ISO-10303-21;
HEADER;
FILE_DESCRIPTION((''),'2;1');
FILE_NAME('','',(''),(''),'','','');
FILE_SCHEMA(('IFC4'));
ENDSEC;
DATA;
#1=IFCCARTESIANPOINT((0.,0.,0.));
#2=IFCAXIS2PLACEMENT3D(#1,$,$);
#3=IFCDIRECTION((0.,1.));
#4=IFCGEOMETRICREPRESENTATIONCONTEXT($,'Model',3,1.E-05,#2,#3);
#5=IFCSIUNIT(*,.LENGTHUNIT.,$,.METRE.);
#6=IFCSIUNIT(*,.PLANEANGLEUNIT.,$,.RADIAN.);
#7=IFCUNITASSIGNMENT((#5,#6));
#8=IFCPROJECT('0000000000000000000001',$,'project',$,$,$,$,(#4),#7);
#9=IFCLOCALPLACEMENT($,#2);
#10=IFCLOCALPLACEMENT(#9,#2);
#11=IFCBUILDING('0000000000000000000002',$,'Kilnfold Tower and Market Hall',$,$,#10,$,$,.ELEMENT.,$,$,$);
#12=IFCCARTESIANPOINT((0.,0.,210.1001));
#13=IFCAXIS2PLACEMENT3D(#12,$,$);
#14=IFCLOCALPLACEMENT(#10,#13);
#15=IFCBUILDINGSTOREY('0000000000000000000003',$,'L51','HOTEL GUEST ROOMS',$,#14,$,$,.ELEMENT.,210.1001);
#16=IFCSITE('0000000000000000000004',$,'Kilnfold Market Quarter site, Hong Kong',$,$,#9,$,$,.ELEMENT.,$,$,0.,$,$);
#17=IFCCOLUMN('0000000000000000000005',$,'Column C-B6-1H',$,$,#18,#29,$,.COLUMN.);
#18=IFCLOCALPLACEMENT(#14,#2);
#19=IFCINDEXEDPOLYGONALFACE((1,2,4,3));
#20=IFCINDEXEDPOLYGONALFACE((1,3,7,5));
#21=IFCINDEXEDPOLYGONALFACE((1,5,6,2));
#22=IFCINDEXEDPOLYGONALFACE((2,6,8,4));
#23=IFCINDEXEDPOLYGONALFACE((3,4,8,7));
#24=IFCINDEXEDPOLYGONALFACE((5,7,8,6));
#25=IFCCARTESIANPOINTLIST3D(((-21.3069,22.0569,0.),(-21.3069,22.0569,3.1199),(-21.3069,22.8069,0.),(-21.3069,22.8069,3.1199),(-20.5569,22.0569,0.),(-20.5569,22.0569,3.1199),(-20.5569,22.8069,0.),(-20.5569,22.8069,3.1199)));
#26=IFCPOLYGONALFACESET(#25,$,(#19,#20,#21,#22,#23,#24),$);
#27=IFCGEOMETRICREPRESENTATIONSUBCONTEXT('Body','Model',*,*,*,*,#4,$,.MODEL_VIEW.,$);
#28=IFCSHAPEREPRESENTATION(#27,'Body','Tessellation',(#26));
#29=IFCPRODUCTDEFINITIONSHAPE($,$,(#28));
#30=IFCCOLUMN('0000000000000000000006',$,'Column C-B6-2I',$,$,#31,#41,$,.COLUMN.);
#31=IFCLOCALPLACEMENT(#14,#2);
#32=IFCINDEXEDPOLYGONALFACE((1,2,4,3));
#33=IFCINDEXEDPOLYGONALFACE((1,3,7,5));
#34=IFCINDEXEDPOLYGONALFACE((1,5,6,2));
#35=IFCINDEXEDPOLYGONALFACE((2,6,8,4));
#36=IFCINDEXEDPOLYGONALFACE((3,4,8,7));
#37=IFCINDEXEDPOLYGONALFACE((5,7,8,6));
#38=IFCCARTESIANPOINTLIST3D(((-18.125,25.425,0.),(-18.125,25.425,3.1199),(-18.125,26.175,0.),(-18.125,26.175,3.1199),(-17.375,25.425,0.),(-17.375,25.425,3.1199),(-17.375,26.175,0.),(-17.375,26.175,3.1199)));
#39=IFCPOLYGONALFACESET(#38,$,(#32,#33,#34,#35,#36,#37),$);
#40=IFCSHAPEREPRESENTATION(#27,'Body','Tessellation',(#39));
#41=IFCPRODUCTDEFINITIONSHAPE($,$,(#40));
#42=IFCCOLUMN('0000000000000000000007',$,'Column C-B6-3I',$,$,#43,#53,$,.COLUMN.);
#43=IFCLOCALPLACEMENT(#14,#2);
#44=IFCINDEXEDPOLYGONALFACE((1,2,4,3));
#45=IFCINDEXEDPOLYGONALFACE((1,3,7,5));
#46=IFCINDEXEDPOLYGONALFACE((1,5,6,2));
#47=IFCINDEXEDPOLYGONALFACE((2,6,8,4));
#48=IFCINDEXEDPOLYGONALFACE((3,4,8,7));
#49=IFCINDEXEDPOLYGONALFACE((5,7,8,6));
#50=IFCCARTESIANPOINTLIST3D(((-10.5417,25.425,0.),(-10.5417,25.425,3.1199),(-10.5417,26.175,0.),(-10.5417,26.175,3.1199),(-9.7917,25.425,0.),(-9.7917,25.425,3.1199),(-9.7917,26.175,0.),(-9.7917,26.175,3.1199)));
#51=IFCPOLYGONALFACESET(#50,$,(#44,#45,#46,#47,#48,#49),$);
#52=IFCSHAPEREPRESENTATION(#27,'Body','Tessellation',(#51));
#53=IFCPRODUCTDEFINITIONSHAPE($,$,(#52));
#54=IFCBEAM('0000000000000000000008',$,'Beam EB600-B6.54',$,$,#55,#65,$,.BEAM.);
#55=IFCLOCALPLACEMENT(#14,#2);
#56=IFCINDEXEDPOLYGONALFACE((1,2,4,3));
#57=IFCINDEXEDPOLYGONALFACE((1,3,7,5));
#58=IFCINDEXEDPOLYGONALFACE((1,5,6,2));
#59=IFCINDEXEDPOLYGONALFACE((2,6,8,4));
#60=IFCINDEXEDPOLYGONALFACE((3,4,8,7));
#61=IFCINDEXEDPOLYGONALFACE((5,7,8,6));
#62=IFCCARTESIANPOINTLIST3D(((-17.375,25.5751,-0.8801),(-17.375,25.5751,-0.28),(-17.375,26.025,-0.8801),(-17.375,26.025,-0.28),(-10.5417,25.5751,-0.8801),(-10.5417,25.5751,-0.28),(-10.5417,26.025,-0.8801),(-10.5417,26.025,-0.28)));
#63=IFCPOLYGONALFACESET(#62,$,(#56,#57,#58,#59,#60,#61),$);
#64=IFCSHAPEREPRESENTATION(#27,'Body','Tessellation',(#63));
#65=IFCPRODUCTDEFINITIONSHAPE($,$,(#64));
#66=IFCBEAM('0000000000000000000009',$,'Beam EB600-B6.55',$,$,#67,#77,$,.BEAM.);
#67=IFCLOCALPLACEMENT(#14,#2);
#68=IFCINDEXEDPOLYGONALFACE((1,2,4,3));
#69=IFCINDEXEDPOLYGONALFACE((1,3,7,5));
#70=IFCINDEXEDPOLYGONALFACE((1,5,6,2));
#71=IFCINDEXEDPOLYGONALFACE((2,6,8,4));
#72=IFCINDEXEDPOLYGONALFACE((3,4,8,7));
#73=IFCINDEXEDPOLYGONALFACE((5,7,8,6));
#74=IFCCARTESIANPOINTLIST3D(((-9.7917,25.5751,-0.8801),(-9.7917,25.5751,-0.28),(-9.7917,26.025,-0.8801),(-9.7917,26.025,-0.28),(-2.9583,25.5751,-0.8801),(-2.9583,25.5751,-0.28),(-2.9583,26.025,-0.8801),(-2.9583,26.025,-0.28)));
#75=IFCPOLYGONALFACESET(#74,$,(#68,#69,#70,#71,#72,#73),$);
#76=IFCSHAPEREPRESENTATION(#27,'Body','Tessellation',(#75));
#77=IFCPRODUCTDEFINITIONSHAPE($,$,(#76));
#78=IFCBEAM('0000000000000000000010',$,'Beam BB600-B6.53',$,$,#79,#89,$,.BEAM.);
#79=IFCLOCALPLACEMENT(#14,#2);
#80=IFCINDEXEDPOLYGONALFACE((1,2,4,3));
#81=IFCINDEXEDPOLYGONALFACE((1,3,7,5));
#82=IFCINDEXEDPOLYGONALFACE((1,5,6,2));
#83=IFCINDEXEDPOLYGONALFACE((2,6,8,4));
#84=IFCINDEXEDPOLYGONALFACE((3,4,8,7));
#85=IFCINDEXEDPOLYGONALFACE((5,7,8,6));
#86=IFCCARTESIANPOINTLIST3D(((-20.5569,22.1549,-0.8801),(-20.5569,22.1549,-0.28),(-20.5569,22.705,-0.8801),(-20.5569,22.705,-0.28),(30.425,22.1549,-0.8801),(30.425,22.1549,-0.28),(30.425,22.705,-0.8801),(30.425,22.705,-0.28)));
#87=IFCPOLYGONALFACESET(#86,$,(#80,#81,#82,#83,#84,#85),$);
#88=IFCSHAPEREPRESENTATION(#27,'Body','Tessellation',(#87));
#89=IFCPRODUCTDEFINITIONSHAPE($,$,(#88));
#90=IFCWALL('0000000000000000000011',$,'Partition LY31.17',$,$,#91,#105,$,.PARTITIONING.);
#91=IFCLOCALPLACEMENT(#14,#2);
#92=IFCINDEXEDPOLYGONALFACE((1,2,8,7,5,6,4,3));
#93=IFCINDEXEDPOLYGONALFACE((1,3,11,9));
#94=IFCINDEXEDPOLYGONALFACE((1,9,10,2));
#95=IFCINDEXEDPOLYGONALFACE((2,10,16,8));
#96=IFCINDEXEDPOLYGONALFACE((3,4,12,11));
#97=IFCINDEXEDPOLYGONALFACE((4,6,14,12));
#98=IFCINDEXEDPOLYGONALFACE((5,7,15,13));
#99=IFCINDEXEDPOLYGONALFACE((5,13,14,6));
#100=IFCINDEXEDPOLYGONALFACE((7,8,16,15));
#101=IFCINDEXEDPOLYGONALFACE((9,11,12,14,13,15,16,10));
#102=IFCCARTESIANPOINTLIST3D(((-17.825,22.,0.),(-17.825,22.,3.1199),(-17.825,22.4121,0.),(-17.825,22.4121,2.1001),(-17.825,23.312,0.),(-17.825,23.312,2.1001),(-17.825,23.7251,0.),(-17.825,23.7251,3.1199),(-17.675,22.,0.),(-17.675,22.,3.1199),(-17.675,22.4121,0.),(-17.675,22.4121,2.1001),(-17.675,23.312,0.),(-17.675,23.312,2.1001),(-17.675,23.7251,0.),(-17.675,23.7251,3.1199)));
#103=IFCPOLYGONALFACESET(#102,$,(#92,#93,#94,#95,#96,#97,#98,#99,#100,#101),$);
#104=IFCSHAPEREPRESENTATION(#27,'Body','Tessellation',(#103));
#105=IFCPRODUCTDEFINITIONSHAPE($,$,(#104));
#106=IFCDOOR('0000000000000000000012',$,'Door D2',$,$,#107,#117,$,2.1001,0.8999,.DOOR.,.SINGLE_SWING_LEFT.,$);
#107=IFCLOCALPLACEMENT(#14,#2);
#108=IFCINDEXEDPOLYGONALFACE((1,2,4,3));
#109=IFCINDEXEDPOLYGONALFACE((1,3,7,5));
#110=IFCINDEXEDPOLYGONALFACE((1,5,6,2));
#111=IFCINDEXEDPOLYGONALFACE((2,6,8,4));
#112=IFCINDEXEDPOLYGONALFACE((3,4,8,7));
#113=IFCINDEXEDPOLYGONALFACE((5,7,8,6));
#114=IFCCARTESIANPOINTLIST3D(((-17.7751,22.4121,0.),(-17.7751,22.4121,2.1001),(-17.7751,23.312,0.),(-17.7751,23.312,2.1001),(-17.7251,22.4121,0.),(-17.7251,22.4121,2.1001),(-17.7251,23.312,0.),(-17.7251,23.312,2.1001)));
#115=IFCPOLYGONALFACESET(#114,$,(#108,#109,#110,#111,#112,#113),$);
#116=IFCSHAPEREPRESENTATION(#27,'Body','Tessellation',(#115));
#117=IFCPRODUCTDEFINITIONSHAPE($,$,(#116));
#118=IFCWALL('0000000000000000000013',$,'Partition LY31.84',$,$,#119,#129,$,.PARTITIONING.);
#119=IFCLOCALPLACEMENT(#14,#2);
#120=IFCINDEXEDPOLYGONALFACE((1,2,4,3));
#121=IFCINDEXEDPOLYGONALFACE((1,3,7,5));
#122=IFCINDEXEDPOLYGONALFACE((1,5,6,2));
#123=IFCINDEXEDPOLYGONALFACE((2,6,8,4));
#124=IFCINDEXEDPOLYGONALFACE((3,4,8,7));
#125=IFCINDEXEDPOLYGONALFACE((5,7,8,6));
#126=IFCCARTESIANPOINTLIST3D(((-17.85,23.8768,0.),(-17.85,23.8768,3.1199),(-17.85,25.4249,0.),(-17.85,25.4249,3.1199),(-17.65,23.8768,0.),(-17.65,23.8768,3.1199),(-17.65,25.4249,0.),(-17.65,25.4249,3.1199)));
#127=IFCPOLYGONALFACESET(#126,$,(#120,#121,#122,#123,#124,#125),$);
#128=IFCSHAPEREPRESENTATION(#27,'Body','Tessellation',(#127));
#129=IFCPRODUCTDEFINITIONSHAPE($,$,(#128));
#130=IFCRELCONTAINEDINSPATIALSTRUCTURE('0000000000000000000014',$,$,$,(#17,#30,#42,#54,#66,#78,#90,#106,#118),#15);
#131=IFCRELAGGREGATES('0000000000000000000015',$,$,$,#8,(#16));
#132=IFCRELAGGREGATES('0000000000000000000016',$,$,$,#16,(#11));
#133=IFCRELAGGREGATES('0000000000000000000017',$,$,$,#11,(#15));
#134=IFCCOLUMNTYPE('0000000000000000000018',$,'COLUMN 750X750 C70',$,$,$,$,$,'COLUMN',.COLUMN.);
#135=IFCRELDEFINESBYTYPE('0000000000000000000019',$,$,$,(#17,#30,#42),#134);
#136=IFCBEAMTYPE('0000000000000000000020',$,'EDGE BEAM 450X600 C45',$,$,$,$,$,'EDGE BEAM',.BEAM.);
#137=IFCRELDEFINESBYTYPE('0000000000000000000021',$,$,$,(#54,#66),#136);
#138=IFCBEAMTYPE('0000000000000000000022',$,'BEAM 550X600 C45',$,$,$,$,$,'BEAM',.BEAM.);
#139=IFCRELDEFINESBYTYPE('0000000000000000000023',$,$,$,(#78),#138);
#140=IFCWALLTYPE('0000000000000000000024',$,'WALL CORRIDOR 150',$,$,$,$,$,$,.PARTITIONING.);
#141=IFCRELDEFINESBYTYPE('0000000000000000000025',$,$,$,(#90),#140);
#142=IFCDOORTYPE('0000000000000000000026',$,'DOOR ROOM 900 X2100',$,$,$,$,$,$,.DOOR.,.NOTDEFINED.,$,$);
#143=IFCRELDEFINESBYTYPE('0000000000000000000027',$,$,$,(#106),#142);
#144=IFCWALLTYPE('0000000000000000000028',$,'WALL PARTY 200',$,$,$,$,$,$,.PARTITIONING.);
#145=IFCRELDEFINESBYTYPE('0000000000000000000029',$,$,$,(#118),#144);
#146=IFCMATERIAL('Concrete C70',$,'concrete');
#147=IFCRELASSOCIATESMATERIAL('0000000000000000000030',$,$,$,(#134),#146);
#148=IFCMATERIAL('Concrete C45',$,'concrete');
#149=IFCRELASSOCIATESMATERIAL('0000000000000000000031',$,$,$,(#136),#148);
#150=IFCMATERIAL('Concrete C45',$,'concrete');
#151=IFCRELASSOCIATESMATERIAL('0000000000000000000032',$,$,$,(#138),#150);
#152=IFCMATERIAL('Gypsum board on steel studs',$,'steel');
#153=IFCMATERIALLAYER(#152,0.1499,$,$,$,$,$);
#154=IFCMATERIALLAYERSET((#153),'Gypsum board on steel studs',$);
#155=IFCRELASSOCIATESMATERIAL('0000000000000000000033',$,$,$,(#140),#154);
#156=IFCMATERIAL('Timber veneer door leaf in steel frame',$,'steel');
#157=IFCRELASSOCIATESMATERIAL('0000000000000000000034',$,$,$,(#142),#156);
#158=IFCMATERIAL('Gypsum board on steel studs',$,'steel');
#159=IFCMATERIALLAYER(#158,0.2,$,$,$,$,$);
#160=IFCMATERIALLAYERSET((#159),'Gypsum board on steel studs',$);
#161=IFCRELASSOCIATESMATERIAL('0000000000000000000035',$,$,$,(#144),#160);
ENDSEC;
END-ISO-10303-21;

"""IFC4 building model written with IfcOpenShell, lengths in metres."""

from ifc_helpers import new_model, si_unit, direction, frame, frame_2d, origin, origin_2d, place, context, subcontext, project, spatial, rectangle, extrude, source, transform, mapped, material, layer, layer_set, material_profile, profile_set, type_object, element, fill, save


model = new_model("IFC4")

# Units and contexts
model_context = context("Model", 3, precision=1e-05, world=origin(), true_north=direction((0.0, 1.0)))
body_context = subcontext(model_context, "Body", "Model", "MODEL_VIEW")
ifc_project = project(units=[si_unit("LENGTHUNIT", "METRE"), si_unit("PLANEANGLEUNIT", "RADIAN")], contexts=[model_context])

# Site, building, storey
site_placement = place(None, origin())
site = spatial("IfcSite", under=ifc_project, at=site_placement, Name="Kilnfold Market Quarter site, Hong Kong", CompositionType="ELEMENT", RefElevation=0.0)
building_placement = place(site_placement, origin())
building = spatial("IfcBuilding", under=site, at=building_placement, Name="Kilnfold Tower and Market Hall", CompositionType="ELEMENT")
storey_placement = place(building_placement, frame((0.0, 0.0, 210.1001)))
storey = spatial("IfcBuildingStorey", under=building, at=storey_placement, Name="L51", Description="HOTEL GUEST ROOMS", CompositionType="ELEMENT", Elevation=210.1001)

# Columns
ifc_material_1 = material(Name="Concrete C70", Category="concrete")
ifc_material_profile_1 = material_profile(ifc_material_1, rectangle(XDim=0.75, YDim=0.75, at=origin_2d()), Name="RC 750x750")
ifc_profile_set_1 = profile_set([ifc_material_profile_1], Name="Concrete C70")
column_type = type_object("IfcColumnType", Name="COLUMN 750X750 C70", ElementType="COLUMN", PredefinedType="COLUMN", material=ifc_profile_set_1)
shared_shape_1 = source(origin(), body_context, "Body", "SweptSolid", [
    extrude(rectangle(XDim=0.75, YDim=0.75, at=origin_2d()), origin(), (0.0, 0.0, 1.0), 3.1199),
])
for number, where, z_axis, x_axis, name in (
    (1, (-20.9319, 22.4319, 0.0), (0.0, 0.0, 1.0), (1.0, 0.0, 0.0), "Column C-B6-1H"),
    (2, (-17.75, 25.8, 0.0), (0.0, 0.0, 1.0), (1.0, 0.0, 0.0), "Column C-B6-2I"),
    (3, (-10.1667, 25.8, 0.0), (0.0, 0.0, 1.0), (1.0, 0.0, 0.0), "Column C-B6-3I"),
):
    element("IfcColumn", number, at=place(storey_placement, frame(where, z_axis=z_axis, x_axis=x_axis)), inside=storey, type_object=column_type, Name=name, PredefinedType="COLUMN", context=body_context, shape_type="MappedRepresentation", body=[
        mapped(shared_shape_1, transform((0.0, 0.0, 0.0))),
    ])

# Beams
ifc_material_2 = material(Name="Concrete C45", Category="concrete")
ifc_material_profile_2 = material_profile(ifc_material_2, rectangle(XDim=0.45, YDim=0.6001, at=origin_2d()), Name="RC 450x600")
ifc_profile_set_2 = profile_set([ifc_material_profile_2], Name="Concrete C45")
beam_type_1 = type_object("IfcBeamType", Name="EDGE BEAM 450X600 C45", ElementType="EDGE BEAM", PredefinedType="BEAM", material=ifc_profile_set_2)
shared_shape_2 = source(origin(), body_context, "Body", "SweptSolid", [
    extrude(rectangle(XDim=0.45, YDim=0.6001, at=origin_2d()), origin(), (0.0, 0.0, 1.0), 6.8333),
])
beam_1_placement = place(storey_placement, frame((-17.375, 25.8, -0.5801), z_axis=(1.0, 0.0, 0.0), x_axis=(0.0, 1.0, 0.0)))
element("IfcBeam", 4, at=beam_1_placement, inside=storey, type_object=beam_type_1, Name="Beam EB600-B6.54", PredefinedType="BEAM", context=body_context, shape_type="MappedRepresentation", body=[
    mapped(shared_shape_2, transform((0.0, 0.0, 0.0))),
])
shared_shape_3 = source(origin(), body_context, "Body", "SweptSolid", [
    extrude(rectangle(XDim=0.45, YDim=0.6001, at=origin_2d()), origin(), (0.0, 0.0, 1.0), 6.8335),
])
beam_2_placement = place(storey_placement, frame((-9.7917, 25.8, -0.5801), z_axis=(1.0, 0.0, 0.0), x_axis=(0.0, 1.0, 0.0)))
element("IfcBeam", 5, at=beam_2_placement, inside=storey, type_object=beam_type_1, Name="Beam EB600-B6.55", PredefinedType="BEAM", context=body_context, shape_type="MappedRepresentation", body=[
    mapped(shared_shape_3, transform((0.0, 0.0, 0.0))),
])
ifc_material_3 = material(Name="Concrete C45", Category="concrete")
ifc_material_profile_3 = material_profile(ifc_material_3, rectangle(XDim=0.55, YDim=0.6001, at=origin_2d()), Name="RC 550x600")
ifc_profile_set_3 = profile_set([ifc_material_profile_3], Name="Concrete C45")
beam_type_2 = type_object("IfcBeamType", Name="BEAM 550X600 C45", ElementType="BEAM", PredefinedType="BEAM", material=ifc_profile_set_3)
shared_shape_4 = source(origin(), body_context, "Body", "SweptSolid", [
    extrude(rectangle(XDim=0.55, YDim=0.6001, at=origin_2d()), origin(), (0.0, 0.0, 1.0), 50.9819),
])
beam_3_placement = place(storey_placement, frame((-20.5569, 22.4299, -0.5801), z_axis=(1.0, 0.0, 0.0), x_axis=(0.0, 1.0, 0.0)))
element("IfcBeam", 6, at=beam_3_placement, inside=storey, type_object=beam_type_2, Name="Beam BB600-B6.53", PredefinedType="BEAM", context=body_context, shape_type="MappedRepresentation", body=[
    mapped(shared_shape_4, transform((0.0, 0.0, 0.0))),
])

# Wall, opening, door
ifc_material_4 = material(Name="Gypsum board on steel studs", Category="steel")
ifc_layer_1 = layer(ifc_material_4, 0.1499)
ifc_layer_set_1 = layer_set([ifc_layer_1], Name="Gypsum board on steel studs")
wall_type_1 = type_object("IfcWallType", Name="WALL CORRIDOR 150", PredefinedType="PARTITIONING", material=ifc_layer_set_1)
wall_1_placement = place(storey_placement, frame((-17.75, 23.7251, 0.0), z_axis=(0.0, 0.0, 1.0), x_axis=(0.0, -1.0, 0.0)))
wall_1 = element("IfcWall", 7, at=wall_1_placement, inside=storey, type_object=wall_type_1, Name="Partition LY31.17", PredefinedType="PARTITIONING", context=body_context, shape_type="SweptSolid", body=[
    extrude(rectangle(XDim=1.7251, YDim=0.1499, at=frame_2d((0.8625, 0.0))), origin(), (0.0, 0.0, 1.0), 3.1199),
])
opening_1_placement = place(wall_1_placement, frame((0.4131, 0.0, 0.0)))
opening_1 = element("IfcOpeningElement", 8, at=opening_1_placement, cuts=wall_1, PredefinedType="OPENING", context=body_context, shape_type="SweptSolid", body=[
    extrude(rectangle(XDim=0.8999, YDim=2.1001, at=frame_2d((0.45, 1.05))), frame((0.0, 0.085, 0.0), z_axis=(0.0, -1.0, 0.0), x_axis=(1.0, 0.0, 0.0)), (0.0, 0.0, 1.0), 0.1699),
])
ifc_material_5 = material(Name="Timber veneer door leaf in steel frame", Category="steel")
door_type = type_object("IfcDoorType", Name="DOOR ROOM 900 X2100", OperationType="NOTDEFINED", PredefinedType="DOOR", material=ifc_material_5)
door_placement = place(opening_1_placement, origin())
door = element("IfcDoor", 9, at=door_placement, inside=storey, type_object=door_type, Name="Door D2", OperationType="SINGLE_SWING_LEFT", OverallHeight=2.1001, OverallWidth=0.8999, PredefinedType="DOOR", context=body_context, shape_type="SweptSolid", body=[
    extrude(rectangle(XDim=0.8999, YDim=2.1001, at=frame_2d((0.45, 1.05))), frame((0.0, 0.0249, 0.0), z_axis=(0.0, -1.0, 0.0), x_axis=(1.0, 0.0, 0.0)), (0.0, 0.0, 1.0), 0.05),
])
fill(opening_1, door)

# Wall
ifc_material_6 = material(Name="Gypsum board on steel studs", Category="steel")
ifc_layer_2 = layer(ifc_material_6, 0.2)
ifc_layer_set_2 = layer_set([ifc_layer_2], Name="Gypsum board on steel studs")
wall_type_2 = type_object("IfcWallType", Name="WALL PARTY 200", PredefinedType="PARTITIONING", material=ifc_layer_set_2)
wall_2_placement = place(storey_placement, frame((-17.75, 23.877, 0.0), z_axis=(0.0, 0.0, 1.0), x_axis=(0.0, 1.0, 0.0)))
element("IfcWall", 10, at=wall_2_placement, inside=storey, type_object=wall_type_2, Name="Partition LY31.84", PredefinedType="PARTITIONING", context=body_context, shape_type="SweptSolid", body=[
    extrude(rectangle(XDim=1.5481, YDim=0.2, at=frame_2d((0.7739, 0.0))), origin(), (0.0, 0.0, 1.0), 3.1199),
])

save(model, "model.ifc")
